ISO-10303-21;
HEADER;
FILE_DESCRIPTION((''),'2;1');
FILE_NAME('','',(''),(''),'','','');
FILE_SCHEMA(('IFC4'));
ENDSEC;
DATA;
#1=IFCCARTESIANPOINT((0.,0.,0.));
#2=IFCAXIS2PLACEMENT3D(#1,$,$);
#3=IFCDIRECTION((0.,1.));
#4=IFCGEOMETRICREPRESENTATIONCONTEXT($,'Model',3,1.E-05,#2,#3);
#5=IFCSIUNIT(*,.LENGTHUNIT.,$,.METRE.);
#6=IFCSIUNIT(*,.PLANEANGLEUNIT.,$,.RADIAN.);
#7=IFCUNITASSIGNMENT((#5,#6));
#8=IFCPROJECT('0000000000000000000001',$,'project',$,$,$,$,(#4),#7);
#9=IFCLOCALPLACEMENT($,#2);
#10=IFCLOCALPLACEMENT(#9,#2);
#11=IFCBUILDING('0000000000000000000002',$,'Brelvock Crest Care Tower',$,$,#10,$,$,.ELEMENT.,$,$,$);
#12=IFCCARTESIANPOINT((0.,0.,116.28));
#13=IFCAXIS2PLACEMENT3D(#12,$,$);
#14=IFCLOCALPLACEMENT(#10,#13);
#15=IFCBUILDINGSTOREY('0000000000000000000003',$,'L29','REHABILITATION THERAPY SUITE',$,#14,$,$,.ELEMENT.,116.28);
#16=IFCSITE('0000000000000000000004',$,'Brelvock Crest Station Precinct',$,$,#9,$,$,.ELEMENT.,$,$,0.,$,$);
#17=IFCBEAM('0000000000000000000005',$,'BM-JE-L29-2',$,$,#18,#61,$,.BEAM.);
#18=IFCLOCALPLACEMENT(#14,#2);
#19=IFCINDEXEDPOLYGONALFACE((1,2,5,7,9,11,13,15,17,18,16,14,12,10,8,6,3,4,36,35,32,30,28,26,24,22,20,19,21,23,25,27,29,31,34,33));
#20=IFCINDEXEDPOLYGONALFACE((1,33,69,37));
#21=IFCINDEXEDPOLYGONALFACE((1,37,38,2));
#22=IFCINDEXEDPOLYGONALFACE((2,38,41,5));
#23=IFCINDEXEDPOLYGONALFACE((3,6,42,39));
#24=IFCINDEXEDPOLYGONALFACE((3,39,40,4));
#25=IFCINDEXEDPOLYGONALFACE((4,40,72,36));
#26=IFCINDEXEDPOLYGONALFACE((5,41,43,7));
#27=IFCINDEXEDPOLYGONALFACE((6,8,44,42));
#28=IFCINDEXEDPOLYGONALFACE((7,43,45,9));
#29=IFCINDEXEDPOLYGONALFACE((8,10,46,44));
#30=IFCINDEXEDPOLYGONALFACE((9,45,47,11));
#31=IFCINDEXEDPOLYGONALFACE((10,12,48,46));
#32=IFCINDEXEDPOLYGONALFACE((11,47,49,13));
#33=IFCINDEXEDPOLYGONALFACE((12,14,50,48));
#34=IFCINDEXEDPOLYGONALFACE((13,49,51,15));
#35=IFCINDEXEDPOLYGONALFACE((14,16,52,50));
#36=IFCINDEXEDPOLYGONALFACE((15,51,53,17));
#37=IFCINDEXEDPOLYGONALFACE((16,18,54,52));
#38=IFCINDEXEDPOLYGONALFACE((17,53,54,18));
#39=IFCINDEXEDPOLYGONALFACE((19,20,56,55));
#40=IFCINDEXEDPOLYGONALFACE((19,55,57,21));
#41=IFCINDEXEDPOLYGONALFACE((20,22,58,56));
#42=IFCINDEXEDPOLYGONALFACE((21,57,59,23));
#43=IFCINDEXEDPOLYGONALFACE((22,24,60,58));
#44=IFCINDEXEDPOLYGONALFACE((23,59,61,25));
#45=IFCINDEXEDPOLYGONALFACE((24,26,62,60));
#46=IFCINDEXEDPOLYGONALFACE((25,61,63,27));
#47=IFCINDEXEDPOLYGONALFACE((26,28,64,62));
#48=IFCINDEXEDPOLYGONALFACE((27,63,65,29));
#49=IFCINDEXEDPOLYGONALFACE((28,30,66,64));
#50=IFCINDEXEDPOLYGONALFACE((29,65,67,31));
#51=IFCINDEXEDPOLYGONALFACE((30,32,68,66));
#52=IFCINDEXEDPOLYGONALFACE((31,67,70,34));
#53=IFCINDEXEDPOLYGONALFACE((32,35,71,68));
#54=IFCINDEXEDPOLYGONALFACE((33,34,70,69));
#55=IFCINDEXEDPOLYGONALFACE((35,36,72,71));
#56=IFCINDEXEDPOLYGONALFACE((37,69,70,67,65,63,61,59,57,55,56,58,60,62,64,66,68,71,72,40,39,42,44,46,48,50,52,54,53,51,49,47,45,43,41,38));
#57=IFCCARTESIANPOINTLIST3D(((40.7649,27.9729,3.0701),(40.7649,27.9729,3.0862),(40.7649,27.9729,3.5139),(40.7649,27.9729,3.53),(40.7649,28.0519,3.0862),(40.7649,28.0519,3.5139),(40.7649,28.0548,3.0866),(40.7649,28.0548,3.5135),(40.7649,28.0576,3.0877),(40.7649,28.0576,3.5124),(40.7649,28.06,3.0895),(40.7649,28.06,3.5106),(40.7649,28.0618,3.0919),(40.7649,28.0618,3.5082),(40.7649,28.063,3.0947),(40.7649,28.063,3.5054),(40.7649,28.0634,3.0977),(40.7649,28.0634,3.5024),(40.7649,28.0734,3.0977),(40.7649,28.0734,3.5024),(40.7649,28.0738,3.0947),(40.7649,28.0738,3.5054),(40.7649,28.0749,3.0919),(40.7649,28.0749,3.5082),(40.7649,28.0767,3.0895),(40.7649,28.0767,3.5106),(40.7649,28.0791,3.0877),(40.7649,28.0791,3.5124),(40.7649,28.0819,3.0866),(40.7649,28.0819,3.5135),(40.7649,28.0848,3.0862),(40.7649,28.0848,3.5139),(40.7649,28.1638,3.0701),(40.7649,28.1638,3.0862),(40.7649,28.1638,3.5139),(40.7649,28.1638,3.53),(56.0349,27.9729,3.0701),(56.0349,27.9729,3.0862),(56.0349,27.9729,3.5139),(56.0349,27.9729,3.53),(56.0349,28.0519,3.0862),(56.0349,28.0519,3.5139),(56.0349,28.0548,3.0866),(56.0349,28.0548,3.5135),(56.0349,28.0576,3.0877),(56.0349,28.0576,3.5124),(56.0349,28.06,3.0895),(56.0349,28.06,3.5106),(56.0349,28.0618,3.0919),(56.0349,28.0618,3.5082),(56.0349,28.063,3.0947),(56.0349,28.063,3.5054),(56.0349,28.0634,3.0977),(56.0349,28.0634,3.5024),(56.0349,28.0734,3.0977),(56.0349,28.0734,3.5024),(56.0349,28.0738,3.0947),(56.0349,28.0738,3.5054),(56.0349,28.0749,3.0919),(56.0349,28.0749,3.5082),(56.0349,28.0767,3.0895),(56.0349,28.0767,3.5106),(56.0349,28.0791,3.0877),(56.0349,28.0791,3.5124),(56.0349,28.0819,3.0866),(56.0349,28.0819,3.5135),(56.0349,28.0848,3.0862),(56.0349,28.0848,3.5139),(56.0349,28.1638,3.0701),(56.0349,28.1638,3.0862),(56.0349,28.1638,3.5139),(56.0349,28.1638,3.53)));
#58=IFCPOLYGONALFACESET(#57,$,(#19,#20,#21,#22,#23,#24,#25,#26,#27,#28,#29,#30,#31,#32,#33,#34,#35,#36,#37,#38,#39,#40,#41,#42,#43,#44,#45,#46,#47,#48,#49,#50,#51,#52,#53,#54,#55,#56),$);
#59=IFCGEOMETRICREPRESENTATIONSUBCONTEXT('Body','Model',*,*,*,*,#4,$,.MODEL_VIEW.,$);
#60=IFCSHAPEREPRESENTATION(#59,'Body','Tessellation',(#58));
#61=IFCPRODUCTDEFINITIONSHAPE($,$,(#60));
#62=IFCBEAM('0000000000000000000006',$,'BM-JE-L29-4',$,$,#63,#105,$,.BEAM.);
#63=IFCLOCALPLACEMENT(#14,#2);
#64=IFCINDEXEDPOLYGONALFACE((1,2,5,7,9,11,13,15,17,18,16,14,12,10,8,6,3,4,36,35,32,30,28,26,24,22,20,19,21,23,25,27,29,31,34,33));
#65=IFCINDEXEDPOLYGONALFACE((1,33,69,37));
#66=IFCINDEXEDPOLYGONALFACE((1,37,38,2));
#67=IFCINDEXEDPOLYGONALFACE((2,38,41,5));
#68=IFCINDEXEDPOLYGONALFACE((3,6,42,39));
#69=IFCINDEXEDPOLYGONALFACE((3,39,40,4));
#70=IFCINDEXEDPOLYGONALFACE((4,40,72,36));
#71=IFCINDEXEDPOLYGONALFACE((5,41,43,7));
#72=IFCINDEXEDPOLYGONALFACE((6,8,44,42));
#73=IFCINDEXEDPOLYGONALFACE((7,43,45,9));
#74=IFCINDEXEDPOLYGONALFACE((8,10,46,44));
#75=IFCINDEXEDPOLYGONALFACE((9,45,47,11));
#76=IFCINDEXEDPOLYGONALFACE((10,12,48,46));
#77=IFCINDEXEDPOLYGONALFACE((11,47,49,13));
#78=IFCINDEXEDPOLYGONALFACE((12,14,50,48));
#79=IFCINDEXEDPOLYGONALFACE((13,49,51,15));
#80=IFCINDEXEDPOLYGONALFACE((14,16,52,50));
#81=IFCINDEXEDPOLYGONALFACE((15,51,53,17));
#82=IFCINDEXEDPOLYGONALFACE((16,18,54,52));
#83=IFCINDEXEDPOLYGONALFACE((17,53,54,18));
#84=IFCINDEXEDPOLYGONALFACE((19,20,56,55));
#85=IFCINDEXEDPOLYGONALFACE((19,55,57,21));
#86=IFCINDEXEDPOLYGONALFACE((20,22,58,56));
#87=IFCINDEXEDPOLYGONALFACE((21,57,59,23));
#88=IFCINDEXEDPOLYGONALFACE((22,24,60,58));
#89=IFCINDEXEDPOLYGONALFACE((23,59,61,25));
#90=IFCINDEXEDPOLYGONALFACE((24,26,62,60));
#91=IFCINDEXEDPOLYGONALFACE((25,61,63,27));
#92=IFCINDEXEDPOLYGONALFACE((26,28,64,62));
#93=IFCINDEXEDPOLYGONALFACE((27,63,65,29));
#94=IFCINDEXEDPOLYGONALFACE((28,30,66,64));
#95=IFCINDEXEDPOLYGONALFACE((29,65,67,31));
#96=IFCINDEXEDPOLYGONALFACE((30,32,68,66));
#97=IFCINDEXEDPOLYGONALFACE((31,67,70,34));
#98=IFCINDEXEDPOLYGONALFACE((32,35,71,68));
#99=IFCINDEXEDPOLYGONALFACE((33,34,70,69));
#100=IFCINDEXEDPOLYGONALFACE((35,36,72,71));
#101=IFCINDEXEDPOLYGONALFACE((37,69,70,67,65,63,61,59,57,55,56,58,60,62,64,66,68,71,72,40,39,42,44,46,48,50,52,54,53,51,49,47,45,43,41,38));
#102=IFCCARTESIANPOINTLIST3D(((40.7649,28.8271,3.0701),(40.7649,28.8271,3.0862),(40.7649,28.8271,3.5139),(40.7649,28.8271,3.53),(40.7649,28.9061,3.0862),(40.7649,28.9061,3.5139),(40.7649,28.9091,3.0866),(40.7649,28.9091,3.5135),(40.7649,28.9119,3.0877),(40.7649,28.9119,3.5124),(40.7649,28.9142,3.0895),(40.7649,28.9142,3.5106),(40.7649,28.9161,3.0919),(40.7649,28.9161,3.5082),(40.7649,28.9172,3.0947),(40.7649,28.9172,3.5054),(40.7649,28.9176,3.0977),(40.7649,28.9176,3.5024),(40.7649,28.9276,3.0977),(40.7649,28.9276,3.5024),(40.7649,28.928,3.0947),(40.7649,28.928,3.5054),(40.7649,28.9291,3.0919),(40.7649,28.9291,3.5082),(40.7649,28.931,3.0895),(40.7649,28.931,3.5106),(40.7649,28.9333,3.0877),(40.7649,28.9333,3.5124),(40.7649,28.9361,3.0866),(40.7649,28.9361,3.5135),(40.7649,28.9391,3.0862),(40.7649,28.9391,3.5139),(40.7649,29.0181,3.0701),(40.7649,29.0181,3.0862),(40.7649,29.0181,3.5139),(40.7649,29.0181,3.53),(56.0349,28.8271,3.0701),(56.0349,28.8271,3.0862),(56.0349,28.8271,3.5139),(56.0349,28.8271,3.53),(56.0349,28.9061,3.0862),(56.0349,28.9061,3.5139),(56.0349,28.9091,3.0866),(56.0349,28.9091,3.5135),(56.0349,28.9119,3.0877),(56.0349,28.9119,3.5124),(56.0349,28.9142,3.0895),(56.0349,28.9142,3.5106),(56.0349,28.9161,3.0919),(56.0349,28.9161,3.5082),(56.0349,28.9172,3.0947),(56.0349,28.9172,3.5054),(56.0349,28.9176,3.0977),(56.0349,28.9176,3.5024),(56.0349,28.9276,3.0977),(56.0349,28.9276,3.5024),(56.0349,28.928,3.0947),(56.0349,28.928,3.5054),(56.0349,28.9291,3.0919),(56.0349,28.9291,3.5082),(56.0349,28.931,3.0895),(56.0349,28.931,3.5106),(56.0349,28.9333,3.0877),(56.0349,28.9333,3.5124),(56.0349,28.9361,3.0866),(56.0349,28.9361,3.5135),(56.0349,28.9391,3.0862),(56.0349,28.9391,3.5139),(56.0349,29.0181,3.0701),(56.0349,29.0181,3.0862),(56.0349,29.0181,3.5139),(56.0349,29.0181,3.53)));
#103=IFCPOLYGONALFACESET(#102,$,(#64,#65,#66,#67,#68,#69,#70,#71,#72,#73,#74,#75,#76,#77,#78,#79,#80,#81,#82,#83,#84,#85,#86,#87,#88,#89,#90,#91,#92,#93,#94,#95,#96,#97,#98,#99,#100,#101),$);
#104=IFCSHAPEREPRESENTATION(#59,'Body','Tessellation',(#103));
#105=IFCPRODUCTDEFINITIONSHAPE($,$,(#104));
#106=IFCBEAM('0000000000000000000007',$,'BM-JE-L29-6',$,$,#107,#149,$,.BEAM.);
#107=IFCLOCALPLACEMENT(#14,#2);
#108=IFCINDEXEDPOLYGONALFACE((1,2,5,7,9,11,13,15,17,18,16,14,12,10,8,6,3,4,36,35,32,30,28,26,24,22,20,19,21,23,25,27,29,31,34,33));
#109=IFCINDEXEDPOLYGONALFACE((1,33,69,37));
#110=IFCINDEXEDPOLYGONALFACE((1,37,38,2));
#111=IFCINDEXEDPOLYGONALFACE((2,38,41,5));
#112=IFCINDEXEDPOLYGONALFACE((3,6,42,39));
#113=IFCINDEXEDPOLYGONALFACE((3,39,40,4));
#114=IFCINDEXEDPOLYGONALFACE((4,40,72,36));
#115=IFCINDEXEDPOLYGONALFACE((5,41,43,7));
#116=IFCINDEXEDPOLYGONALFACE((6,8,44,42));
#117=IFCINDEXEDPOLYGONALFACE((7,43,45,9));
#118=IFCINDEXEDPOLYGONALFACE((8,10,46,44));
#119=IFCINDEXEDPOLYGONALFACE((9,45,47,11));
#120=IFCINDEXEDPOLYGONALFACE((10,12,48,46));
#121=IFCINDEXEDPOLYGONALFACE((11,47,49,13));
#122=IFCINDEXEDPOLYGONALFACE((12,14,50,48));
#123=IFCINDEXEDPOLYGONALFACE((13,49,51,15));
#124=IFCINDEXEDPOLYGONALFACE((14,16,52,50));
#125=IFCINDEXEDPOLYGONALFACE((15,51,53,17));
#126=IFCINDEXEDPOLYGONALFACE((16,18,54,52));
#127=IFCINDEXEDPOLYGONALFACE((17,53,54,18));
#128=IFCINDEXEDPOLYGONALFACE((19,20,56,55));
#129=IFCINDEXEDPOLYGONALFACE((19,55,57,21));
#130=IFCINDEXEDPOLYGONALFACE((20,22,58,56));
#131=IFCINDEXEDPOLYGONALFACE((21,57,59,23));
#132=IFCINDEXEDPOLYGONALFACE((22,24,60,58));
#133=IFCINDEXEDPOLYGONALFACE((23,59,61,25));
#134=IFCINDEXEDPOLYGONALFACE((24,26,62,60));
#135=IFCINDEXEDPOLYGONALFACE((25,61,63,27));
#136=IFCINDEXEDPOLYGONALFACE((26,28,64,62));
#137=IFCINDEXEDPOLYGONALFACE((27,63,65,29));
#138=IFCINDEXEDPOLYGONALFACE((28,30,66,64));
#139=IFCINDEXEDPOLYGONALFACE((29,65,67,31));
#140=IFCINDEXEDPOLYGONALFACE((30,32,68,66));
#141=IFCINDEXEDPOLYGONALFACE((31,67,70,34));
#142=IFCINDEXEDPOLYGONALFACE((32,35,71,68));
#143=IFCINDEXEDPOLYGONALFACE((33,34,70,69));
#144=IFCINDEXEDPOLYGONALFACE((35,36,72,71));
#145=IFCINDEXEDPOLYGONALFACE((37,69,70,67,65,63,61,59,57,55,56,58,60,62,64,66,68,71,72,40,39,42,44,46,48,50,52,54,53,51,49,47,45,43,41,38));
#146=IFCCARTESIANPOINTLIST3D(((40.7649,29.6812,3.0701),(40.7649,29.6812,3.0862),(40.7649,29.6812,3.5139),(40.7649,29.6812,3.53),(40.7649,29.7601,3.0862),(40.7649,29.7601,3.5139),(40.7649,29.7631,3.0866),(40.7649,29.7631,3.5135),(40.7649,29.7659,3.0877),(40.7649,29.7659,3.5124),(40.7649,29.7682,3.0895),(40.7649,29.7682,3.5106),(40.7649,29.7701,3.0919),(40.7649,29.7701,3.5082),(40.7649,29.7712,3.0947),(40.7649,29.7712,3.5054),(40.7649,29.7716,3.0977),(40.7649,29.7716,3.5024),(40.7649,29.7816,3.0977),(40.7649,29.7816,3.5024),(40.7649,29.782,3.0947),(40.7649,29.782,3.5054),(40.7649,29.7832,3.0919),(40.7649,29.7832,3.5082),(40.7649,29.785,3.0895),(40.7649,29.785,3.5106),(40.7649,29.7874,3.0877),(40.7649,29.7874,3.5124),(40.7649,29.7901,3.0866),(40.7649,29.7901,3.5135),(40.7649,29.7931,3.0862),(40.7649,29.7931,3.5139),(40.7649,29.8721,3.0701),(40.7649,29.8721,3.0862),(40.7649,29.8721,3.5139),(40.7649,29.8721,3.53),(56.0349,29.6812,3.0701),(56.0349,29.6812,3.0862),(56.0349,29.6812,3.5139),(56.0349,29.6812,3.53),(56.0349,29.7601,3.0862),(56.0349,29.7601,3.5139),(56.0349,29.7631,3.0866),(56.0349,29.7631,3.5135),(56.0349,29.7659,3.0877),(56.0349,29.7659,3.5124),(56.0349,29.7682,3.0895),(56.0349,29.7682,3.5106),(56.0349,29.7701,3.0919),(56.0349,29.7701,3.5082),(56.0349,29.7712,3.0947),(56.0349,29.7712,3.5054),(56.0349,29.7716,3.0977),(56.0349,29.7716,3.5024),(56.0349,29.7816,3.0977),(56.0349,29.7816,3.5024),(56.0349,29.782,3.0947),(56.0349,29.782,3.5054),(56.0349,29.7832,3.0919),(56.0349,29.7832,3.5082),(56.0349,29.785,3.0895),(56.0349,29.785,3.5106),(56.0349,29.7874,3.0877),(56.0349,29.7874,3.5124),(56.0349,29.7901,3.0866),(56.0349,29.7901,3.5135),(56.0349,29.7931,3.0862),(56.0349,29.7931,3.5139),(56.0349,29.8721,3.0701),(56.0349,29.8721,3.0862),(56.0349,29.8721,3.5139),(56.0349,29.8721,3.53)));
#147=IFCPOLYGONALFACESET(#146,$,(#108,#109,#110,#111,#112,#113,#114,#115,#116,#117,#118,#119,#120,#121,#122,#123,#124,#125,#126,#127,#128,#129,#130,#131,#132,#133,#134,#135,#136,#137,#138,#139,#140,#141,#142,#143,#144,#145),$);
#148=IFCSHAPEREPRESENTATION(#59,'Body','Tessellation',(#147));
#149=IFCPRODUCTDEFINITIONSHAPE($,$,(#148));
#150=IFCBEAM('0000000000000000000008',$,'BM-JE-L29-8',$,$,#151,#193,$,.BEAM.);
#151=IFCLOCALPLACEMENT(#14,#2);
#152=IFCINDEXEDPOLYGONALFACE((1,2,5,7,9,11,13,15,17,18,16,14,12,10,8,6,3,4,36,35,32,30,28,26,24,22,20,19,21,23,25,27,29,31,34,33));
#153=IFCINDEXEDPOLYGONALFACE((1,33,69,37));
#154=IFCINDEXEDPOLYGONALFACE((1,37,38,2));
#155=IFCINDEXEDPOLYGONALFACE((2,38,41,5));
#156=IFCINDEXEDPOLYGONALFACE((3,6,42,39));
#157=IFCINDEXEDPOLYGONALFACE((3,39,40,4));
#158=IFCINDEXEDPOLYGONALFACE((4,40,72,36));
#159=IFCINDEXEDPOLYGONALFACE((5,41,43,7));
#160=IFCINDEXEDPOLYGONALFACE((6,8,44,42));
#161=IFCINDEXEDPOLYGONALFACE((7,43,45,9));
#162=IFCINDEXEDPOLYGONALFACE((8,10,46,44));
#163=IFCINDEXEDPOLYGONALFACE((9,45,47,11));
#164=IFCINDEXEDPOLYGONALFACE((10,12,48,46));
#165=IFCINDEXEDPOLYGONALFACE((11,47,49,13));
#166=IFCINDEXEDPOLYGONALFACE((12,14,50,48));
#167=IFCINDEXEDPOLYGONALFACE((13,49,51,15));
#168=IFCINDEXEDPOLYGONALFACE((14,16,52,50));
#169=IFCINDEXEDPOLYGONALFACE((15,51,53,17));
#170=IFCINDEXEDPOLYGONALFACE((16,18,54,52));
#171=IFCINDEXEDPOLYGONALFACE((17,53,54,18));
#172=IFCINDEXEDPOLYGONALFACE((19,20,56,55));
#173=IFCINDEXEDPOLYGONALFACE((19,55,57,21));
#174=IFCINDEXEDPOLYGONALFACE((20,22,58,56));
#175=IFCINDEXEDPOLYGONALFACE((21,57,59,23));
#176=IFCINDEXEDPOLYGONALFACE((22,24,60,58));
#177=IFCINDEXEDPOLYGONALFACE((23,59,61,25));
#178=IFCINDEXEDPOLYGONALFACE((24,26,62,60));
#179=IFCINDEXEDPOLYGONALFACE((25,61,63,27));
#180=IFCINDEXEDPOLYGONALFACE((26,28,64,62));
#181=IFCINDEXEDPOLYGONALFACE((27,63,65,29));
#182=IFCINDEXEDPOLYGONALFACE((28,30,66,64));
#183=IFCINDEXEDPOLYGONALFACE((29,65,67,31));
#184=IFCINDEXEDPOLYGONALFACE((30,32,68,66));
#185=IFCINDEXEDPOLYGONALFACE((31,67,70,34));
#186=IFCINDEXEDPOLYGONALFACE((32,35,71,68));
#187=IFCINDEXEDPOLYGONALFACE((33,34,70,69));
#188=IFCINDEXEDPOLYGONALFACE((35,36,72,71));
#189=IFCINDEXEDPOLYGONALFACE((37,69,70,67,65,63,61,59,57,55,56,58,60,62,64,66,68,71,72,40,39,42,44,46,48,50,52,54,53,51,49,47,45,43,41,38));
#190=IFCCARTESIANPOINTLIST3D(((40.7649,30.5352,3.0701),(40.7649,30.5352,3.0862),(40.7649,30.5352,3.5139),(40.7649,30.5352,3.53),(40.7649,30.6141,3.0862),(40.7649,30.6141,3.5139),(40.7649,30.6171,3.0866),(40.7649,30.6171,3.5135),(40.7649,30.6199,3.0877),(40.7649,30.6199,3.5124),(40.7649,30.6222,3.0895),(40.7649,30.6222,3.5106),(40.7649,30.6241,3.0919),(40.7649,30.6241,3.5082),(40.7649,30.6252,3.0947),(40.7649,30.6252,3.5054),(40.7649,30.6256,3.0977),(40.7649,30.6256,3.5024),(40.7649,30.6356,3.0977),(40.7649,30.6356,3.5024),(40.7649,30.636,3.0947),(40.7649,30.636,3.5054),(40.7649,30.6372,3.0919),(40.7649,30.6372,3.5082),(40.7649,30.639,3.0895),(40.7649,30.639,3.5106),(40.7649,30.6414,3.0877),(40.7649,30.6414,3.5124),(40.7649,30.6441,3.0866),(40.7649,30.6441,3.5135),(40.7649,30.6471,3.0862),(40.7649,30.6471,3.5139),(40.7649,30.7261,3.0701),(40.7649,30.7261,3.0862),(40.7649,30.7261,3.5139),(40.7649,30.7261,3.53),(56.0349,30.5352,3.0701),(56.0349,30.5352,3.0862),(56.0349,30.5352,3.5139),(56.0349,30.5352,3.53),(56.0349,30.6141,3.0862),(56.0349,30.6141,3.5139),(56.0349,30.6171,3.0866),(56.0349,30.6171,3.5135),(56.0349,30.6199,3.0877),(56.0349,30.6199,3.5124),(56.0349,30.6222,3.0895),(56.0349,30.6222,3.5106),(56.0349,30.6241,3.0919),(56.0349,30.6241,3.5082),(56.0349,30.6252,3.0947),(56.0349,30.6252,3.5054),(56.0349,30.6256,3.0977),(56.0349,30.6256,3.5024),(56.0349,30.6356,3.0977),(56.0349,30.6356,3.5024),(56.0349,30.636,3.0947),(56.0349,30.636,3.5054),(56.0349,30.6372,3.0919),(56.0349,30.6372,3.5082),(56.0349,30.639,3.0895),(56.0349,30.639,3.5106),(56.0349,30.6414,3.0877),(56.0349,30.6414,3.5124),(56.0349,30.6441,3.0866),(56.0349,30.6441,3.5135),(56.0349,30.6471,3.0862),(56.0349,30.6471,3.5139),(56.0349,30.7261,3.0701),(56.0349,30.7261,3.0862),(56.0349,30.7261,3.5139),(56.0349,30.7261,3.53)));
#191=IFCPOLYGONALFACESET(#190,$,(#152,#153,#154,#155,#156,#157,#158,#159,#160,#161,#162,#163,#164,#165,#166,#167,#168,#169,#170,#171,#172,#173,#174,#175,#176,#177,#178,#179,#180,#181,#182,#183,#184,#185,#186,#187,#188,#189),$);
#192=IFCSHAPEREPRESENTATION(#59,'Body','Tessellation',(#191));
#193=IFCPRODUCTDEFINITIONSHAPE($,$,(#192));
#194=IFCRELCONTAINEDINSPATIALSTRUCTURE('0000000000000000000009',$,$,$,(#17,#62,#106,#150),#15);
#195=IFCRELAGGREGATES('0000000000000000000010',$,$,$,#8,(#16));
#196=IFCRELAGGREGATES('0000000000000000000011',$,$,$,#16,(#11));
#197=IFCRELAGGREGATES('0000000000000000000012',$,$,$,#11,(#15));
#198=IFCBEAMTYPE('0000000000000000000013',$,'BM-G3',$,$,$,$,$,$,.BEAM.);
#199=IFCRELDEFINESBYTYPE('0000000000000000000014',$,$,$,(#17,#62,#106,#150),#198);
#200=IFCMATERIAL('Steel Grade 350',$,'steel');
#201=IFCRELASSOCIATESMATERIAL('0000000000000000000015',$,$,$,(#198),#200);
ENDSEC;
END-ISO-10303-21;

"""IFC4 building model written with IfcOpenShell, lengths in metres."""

from ifc_helpers import new_model, si_unit, direction, frame, origin, origin_2d, place, context, subcontext, project, spatial, i_section, extrude, source, transform, mapped, material, material_profile, profile_set, type_object, element, save


model = new_model("IFC4")

# Units and contexts
model_context = context("Model", 3, precision=1e-05, world=origin(), true_north=direction((0.0, 1.0)))
body_context = subcontext(model_context, "Body", "Model", "MODEL_VIEW")
ifc_project = project(units=[si_unit("LENGTHUNIT", "METRE"), si_unit("PLANEANGLEUNIT", "RADIAN")], contexts=[model_context])

# Site, building, storey
site_placement = place(None, origin())
site = spatial("IfcSite", under=ifc_project, at=site_placement, Name="Brelvock Crest Station Precinct", CompositionType="ELEMENT", RefElevation=0.0)
building_placement = place(site_placement, origin())
building = spatial("IfcBuilding", under=site, at=building_placement, Name="Brelvock Crest Care Tower", CompositionType="ELEMENT")
storey_placement = place(building_placement, frame((0.0, 0.0, 116.28)))
storey = spatial("IfcBuildingStorey", under=building, at=storey_placement, Name="L29", Description="REHABILITATION THERAPY SUITE", CompositionType="ELEMENT", Elevation=116.28)

# Shared definitions
ifc_material_1 = material(Name="Steel Grade 350", Category="steel")

# Beams
ifc_material_profile_1 = material_profile(ifc_material_1, i_section(OverallWidth=0.1909, OverallDepth=0.46, WebThickness=0.01, FlangeThickness=0.0161, FilletRadius=0.0115, at=origin_2d()), Name="460UB82.1")
ifc_profile_set_1 = profile_set([ifc_material_profile_1], Name="Steel Grade 350")
beam_type_1 = type_object("IfcBeamType", Name="BM-G3", PredefinedType="BEAM", material=ifc_profile_set_1)
shared_shape_1 = source(origin(), body_context, "Body", "SweptSolid", [
    extrude(i_section(OverallWidth=0.1909, OverallDepth=0.46, WebThickness=0.01, FlangeThickness=0.0161, FilletRadius=0.0115, at=origin_2d()), origin(), (0.0, 0.0, 1.0), 15.27),
])
for number, where, z_axis, x_axis, name in (
    (1, (40.7649, 28.0684, 3.3), (1.0, 0.0, 0.0), (0.0, 1.0, 0.0), "BM-JE-L29-2"),
    (2, (40.7649, 28.9226, 3.3), (1.0, 0.0, 0.0), (0.0, 1.0, 0.0), "BM-JE-L29-4"),
    (3, (40.7649, 29.7766, 3.3), (1.0, 0.0, 0.0), (0.0, 1.0, 0.0), "BM-JE-L29-6"),
    (4, (40.7649, 30.6306, 3.3), (1.0, 0.0, 0.0), (0.0, 1.0, 0.0), "BM-JE-L29-8"),
):
    element("IfcBeam", number, at=place(storey_placement, frame(where, z_axis=z_axis, x_axis=x_axis)), inside=storey, type_object=beam_type_1, Name=name, PredefinedType="BEAM", context=body_context, shape_type="MappedRepresentation", body=[
        mapped(shared_shape_1, transform((0.0, 0.0, 0.0), x_axis=(1.0, 0.0, 0.0), y_axis=(0.0, 1.0, 0.0), z_axis=(0.0, 0.0, 1.0), scale=1.0)),
    ])

save(model, "model.ifc")
